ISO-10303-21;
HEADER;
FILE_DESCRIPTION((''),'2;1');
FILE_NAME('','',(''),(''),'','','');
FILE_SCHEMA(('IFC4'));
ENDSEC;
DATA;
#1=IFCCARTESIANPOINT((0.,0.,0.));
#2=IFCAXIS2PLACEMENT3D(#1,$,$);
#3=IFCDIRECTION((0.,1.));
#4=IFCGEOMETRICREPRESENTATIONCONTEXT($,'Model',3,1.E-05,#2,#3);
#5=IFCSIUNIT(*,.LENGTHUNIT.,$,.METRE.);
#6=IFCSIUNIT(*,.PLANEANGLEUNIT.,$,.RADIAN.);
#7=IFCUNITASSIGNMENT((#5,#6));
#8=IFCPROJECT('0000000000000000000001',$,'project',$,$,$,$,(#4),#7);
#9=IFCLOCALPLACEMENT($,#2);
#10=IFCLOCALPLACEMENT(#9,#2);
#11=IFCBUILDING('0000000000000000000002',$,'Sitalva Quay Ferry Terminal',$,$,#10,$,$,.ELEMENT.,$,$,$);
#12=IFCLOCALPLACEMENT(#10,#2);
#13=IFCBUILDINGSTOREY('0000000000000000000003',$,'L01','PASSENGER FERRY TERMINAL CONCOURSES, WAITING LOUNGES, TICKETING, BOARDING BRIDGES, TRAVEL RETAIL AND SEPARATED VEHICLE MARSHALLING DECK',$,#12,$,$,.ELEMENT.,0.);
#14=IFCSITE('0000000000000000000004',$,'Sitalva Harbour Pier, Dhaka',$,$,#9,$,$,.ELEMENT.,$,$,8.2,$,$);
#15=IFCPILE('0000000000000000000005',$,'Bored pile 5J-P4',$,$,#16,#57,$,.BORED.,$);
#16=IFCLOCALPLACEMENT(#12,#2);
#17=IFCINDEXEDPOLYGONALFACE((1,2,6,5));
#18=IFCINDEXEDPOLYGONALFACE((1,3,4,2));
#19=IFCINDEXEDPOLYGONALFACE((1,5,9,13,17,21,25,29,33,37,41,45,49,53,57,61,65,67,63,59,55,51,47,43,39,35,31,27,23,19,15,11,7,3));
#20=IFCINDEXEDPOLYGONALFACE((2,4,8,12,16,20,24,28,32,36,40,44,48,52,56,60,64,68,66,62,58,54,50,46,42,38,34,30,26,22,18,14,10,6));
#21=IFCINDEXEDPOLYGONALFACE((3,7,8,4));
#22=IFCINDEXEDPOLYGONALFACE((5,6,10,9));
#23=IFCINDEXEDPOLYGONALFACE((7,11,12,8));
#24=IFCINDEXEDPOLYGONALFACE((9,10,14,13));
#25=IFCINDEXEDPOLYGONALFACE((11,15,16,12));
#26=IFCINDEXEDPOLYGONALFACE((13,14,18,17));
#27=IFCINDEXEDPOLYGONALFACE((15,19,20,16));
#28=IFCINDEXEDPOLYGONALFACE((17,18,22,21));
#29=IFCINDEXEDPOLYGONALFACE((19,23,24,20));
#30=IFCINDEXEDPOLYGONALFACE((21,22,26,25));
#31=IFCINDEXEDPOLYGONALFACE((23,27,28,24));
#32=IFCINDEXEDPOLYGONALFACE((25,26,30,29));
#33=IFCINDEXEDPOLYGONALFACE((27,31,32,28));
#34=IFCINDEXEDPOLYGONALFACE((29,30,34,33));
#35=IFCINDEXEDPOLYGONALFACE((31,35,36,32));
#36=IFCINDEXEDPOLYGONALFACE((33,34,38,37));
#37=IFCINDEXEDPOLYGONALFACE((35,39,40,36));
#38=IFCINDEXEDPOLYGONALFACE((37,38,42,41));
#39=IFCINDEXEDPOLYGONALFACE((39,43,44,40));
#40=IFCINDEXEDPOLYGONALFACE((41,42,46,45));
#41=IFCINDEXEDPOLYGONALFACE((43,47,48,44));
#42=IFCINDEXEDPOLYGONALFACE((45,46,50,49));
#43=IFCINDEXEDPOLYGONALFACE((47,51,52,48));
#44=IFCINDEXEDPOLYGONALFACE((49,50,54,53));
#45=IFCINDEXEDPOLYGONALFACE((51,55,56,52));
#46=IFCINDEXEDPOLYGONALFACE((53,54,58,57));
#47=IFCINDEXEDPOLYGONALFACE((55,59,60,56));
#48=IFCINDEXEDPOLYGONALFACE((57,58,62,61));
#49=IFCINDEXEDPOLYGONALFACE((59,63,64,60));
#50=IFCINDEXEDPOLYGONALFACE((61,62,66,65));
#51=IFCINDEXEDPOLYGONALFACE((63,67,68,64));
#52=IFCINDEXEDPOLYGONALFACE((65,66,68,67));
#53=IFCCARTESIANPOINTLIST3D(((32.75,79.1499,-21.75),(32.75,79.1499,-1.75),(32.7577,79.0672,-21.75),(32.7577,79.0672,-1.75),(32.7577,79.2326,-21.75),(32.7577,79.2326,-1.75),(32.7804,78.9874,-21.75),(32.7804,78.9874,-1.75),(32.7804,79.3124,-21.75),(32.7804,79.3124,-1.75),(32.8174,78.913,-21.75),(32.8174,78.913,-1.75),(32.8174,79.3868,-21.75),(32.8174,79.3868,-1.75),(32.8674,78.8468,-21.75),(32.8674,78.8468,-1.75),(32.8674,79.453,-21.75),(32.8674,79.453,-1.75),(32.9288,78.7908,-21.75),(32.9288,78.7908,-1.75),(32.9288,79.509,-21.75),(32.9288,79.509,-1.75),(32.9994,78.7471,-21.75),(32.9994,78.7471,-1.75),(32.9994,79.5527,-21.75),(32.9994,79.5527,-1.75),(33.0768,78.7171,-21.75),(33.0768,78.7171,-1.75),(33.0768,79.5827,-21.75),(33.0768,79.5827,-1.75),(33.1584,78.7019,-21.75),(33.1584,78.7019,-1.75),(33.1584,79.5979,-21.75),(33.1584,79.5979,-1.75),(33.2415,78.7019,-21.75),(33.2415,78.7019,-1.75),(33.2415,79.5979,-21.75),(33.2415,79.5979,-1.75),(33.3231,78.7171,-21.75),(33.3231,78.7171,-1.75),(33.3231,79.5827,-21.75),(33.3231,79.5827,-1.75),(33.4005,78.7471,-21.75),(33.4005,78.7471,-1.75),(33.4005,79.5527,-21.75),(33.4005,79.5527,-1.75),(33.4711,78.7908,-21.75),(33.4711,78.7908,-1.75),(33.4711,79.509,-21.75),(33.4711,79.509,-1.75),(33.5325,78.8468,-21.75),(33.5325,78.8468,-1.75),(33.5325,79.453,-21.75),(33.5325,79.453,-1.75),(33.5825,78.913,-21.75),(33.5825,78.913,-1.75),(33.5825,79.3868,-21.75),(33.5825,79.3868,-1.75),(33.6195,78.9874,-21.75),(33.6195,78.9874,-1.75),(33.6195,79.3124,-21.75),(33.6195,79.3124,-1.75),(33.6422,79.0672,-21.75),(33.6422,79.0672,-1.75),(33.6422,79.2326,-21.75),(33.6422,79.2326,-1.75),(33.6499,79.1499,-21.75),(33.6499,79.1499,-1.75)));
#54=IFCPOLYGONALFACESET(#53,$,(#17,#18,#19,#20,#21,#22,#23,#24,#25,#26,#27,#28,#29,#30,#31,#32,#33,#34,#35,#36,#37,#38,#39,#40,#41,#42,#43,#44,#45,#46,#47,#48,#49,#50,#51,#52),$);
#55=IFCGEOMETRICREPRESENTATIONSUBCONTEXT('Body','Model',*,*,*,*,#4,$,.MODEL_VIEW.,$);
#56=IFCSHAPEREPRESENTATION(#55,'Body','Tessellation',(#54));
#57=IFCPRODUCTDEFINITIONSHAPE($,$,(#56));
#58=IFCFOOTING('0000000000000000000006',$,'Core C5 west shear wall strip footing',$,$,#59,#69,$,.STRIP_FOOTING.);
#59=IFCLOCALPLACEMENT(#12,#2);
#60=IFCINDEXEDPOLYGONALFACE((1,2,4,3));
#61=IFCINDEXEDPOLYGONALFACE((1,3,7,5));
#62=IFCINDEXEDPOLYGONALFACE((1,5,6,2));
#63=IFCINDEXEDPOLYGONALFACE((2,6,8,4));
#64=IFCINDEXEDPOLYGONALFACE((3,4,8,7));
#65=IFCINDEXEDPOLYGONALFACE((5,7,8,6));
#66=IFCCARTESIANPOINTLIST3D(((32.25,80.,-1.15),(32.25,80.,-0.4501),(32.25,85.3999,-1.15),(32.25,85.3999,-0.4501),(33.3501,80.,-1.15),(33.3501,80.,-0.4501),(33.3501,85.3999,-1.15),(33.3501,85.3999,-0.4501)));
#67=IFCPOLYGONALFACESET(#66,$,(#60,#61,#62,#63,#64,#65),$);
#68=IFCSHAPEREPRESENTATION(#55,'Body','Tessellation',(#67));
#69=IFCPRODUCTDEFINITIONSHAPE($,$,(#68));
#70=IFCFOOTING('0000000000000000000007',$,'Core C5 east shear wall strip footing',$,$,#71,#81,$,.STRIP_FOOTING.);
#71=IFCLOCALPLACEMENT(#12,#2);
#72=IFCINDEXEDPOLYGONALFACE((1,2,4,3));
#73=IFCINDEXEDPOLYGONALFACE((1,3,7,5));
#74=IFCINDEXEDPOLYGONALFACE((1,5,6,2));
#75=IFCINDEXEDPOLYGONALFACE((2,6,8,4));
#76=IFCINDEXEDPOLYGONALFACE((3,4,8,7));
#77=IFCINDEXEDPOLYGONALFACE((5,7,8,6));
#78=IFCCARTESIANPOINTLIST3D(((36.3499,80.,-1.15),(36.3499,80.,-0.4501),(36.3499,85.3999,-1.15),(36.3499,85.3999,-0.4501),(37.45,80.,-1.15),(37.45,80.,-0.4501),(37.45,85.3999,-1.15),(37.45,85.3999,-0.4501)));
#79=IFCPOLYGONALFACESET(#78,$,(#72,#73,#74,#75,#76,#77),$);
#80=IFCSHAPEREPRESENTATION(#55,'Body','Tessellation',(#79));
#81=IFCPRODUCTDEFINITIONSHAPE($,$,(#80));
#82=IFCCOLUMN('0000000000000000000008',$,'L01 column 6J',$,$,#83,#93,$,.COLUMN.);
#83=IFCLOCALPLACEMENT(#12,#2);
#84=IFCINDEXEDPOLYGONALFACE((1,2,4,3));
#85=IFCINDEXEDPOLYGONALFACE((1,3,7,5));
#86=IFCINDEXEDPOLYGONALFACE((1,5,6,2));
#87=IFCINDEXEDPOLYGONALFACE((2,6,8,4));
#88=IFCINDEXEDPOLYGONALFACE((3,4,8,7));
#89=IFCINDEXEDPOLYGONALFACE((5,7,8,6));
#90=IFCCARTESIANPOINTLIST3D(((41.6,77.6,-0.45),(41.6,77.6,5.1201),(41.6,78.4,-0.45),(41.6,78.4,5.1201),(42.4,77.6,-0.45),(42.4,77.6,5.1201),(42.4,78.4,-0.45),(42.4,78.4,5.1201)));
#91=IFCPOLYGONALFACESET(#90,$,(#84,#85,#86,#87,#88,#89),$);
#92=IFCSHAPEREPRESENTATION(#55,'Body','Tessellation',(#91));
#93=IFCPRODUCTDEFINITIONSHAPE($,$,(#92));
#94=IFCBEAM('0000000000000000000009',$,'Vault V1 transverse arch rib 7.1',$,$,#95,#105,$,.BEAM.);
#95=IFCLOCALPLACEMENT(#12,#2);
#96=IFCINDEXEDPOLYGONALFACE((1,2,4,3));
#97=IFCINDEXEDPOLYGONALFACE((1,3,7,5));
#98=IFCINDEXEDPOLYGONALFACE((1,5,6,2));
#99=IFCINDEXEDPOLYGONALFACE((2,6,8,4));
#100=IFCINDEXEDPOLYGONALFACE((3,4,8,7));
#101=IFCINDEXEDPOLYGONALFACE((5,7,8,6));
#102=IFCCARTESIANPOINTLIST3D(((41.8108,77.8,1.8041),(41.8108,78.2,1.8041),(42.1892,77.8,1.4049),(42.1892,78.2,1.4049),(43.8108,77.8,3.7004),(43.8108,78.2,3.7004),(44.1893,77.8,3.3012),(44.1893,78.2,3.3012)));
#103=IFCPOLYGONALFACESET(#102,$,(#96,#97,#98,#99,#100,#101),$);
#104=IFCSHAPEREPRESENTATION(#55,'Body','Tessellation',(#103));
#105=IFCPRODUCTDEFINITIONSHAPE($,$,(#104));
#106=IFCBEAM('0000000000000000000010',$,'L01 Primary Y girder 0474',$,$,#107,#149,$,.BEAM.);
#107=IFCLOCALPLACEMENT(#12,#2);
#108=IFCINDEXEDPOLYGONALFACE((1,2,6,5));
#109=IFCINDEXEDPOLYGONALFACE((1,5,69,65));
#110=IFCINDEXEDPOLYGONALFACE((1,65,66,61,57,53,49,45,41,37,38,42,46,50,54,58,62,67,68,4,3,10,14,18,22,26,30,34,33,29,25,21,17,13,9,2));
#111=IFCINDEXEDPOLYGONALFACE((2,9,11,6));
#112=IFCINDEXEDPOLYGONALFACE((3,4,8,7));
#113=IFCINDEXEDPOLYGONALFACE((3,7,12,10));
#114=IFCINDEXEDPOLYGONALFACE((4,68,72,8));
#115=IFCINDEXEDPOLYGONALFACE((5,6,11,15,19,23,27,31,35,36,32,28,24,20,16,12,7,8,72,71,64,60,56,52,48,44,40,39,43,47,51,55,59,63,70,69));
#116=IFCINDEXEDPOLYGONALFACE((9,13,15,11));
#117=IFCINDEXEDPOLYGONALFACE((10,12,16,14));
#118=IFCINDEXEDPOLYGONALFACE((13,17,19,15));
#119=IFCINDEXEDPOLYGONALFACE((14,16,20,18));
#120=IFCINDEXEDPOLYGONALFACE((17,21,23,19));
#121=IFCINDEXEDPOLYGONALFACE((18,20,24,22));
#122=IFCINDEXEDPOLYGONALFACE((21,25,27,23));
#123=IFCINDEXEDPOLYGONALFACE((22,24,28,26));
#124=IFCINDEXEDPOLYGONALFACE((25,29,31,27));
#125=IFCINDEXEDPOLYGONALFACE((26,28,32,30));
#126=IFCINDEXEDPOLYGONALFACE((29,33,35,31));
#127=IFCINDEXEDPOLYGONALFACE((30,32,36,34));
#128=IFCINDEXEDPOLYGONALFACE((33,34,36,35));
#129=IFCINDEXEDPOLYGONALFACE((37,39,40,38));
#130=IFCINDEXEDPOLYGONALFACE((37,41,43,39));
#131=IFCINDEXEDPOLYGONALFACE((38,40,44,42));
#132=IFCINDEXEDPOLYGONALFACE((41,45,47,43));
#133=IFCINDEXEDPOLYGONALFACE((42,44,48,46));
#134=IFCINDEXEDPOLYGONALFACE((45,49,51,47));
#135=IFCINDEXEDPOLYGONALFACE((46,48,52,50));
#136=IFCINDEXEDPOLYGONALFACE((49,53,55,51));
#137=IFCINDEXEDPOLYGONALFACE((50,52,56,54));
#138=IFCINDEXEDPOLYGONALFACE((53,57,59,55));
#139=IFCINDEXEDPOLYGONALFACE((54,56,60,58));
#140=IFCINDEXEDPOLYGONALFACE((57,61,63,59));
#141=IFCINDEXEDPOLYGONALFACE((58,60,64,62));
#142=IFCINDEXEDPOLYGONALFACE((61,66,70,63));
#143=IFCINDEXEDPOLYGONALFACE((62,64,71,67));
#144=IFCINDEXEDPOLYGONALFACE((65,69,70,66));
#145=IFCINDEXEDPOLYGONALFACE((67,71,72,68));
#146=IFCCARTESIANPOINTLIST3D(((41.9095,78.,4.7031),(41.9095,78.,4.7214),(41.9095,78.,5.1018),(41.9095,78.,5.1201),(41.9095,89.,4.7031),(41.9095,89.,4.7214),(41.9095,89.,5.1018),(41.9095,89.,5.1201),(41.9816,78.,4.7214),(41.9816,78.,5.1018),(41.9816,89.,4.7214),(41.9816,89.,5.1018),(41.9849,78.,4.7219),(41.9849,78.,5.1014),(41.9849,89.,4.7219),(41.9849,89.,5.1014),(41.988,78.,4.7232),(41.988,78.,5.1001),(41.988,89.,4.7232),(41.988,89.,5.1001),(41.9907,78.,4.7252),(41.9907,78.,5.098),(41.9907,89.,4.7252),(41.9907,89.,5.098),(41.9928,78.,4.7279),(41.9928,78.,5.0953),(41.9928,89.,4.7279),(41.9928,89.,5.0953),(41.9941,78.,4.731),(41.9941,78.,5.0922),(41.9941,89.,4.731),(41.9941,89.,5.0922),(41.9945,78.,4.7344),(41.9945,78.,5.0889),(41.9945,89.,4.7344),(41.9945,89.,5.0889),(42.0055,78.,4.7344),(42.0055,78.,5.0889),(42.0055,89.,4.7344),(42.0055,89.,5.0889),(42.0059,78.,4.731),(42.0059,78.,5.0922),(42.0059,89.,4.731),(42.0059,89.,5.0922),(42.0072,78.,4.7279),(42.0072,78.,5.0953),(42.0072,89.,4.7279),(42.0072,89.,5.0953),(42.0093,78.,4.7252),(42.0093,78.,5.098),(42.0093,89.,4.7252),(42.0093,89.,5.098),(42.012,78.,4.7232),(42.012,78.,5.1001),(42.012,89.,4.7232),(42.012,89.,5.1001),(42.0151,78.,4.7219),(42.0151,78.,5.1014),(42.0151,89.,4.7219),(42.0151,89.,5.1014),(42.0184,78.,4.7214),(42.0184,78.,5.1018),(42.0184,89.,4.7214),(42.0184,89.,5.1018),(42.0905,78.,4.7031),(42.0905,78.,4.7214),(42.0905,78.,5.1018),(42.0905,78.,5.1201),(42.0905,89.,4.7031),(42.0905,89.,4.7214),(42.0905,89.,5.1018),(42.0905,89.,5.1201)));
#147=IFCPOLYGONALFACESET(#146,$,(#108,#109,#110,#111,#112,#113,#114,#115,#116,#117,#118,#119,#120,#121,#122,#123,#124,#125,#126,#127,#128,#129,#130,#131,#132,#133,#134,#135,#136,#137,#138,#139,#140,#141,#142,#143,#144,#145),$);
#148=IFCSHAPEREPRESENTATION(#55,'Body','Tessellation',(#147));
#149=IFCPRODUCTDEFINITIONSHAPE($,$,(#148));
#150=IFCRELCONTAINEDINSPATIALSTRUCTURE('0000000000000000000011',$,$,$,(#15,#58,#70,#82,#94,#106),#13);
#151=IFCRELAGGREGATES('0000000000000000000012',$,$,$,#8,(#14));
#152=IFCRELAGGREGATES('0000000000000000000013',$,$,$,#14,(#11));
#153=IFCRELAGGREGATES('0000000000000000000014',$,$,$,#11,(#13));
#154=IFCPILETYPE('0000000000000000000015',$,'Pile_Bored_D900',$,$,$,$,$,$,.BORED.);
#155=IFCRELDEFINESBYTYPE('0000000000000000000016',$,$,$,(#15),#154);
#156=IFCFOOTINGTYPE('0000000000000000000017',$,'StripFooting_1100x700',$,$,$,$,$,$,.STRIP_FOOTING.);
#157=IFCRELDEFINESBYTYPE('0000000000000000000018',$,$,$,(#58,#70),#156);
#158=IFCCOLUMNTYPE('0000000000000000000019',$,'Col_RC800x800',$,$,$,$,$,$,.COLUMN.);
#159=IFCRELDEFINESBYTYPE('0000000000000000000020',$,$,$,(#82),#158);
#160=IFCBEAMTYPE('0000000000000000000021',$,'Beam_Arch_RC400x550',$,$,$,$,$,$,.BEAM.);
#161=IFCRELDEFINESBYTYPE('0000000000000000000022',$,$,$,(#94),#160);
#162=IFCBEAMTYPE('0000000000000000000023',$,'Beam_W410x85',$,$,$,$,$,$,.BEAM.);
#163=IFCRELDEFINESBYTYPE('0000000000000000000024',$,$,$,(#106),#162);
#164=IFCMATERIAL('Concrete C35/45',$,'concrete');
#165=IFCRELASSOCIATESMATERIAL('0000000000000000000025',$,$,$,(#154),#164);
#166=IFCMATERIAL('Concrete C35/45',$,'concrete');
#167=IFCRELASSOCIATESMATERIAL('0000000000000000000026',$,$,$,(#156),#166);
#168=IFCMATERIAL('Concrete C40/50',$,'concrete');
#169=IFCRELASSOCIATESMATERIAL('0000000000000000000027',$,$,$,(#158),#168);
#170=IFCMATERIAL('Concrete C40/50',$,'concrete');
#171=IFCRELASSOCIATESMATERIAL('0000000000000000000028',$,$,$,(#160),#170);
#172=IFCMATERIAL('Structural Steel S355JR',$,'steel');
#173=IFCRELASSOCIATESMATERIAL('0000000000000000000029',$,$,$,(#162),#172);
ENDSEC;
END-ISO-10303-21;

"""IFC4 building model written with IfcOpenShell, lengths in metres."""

from ifc_helpers import new_model, si_unit, direction, frame, origin, origin_2d, place, context, subcontext, project, spatial, rectangle, circle, i_section, extrude, material, material_profile, profile_set, type_object, element, save


model = new_model("IFC4")

# Units and contexts
model_context = context("Model", 3, precision=1e-05, world=origin(), true_north=direction((0.0, 1.0)))
body_context = subcontext(model_context, "Body", "Model", "MODEL_VIEW")
ifc_project = project(units=[si_unit("LENGTHUNIT", "METRE"), si_unit("PLANEANGLEUNIT", "RADIAN")], contexts=[model_context])

# Site, building, storey
site_placement = place(None, origin())
site = spatial("IfcSite", under=ifc_project, at=site_placement, Name="Sitalva Harbour Pier, Dhaka", CompositionType="ELEMENT", RefElevation=8.2)
building_placement = place(site_placement, origin())
building = spatial("IfcBuilding", under=site, at=building_placement, Name="Sitalva Quay Ferry Terminal", CompositionType="ELEMENT")
storey_placement = place(building_placement, origin())
storey = spatial("IfcBuildingStorey", under=building, at=storey_placement, Name="L01", Description="PASSENGER FERRY TERMINAL CONCOURSES, WAITING LOUNGES, TICKETING, BOARDING BRIDGES, TRAVEL RETAIL AND SEPARATED VEHICLE MARSHALLING DECK", CompositionType="ELEMENT", Elevation=0.0)

# Pile
ifc_material_1 = material(Name="Concrete C35/45", Category="concrete")
ifc_material_profile_1 = material_profile(ifc_material_1, circle(Radius=0.45, at=origin_2d()), Name="PILE-D900")
ifc_profile_set_1 = profile_set([ifc_material_profile_1], Name="Concrete C35/45")
pile_type_1 = type_object("IfcPileType", Name="Pile_Bored_D900", PredefinedType="BORED", material=ifc_profile_set_1)
for number, where, z_axis, x_axis, name in (
    (1, (33.2, 79.1499, -1.75), (0.0, 0.0, -1.0), (1.0, 0.0, 0.0), "Bored pile 5J-P4"),
):
    element("IfcPile", number, at=place(storey_placement, frame(where, z_axis=z_axis, x_axis=x_axis)), inside=storey, type_object=pile_type_1, Name=name, PredefinedType="BORED", context=body_context, shape_type="SweptSolid", body=[
        extrude(circle(Radius=0.45, at=origin_2d()), origin(), (0.0, 0.0, 1.0), 20.0),
    ])

# Footings
ifc_material_2 = material(Name="Concrete C35/45", Category="concrete")
ifc_material_profile_2 = material_profile(ifc_material_2, rectangle(XDim=1.1001, YDim=0.7, at=origin_2d()), Name="RC1100x700")
ifc_profile_set_2 = profile_set([ifc_material_profile_2], Name="Concrete C35/45")
footing_type_1 = type_object("IfcFootingType", Name="StripFooting_1100x700", PredefinedType="STRIP_FOOTING", material=ifc_profile_set_2)
for number, where, z_axis, x_axis, name in (
    (2, (32.8, 80.0, -0.8), (0.0, 1.0, 0.0), (-1.0, 0.0, 0.0), "Core C5 west shear wall strip footing"),
    (3, (36.8999, 80.0, -0.8), (0.0, 1.0, 0.0), (-1.0, 0.0, 0.0), "Core C5 east shear wall strip footing"),
):
    element("IfcFooting", number, at=place(storey_placement, frame(where, z_axis=z_axis, x_axis=x_axis)), inside=storey, type_object=footing_type_1, Name=name, PredefinedType="STRIP_FOOTING", context=body_context, shape_type="SweptSolid", body=[
        extrude(rectangle(XDim=1.1001, YDim=0.7, at=origin_2d()), origin(), (0.0, 0.0, 1.0), 5.3999),
    ])

# Column
ifc_material_3 = material(Name="Concrete C40/50", Category="concrete")
ifc_material_profile_3 = material_profile(ifc_material_3, rectangle(XDim=0.8, YDim=0.8, at=origin_2d()), Name="RC800x800")
ifc_profile_set_3 = profile_set([ifc_material_profile_3], Name="Concrete C40/50")
column_type = type_object("IfcColumnType", Name="Col_RC800x800", PredefinedType="COLUMN", material=ifc_profile_set_3)
column_placement = place(storey_placement, frame((42.0, 78.0, -0.45), z_axis=(0.0, 0.0, 1.0), x_axis=(1.0, 0.0, 0.0)))
element("IfcColumn", 4, at=column_placement, inside=storey, type_object=column_type, Name="L01 column 6J", PredefinedType="COLUMN", context=body_context, shape_type="SweptSolid", body=[
    extrude(rectangle(XDim=0.8, YDim=0.8, at=origin_2d()), origin(), (0.0, 0.0, 1.0), 5.5701),
])

# Beams
ifc_material_4 = material(Name="Concrete C40/50", Category="concrete")
ifc_material_profile_4 = material_profile(ifc_material_4, rectangle(XDim=0.3999, YDim=0.55, at=origin_2d()), Name="RC400x550")
ifc_profile_set_4 = profile_set([ifc_material_profile_4], Name="Concrete C40/50")
beam_type_1 = type_object("IfcBeamType", Name="Beam_Arch_RC400x550", PredefinedType="BEAM", material=ifc_profile_set_4)
beam_1_placement = place(storey_placement, frame((42.0, 78.0, 1.6045), z_axis=(0.72568, 0.0, 0.688032), x_axis=(0.0, 1.0, 0.0)))
element("IfcBeam", 5, at=beam_1_placement, inside=storey, type_object=beam_type_1, Name="Vault V1 transverse arch rib 7.1", PredefinedType="BEAM", context=body_context, shape_type="SweptSolid", body=[
    extrude(rectangle(XDim=0.3999, YDim=0.55, at=origin_2d()), origin(), (0.0, 0.0, 1.0), 2.7561),
])
ifc_material_5 = material(Name="Structural Steel S355JR", Category="steel")
ifc_material_profile_5 = material_profile(ifc_material_5, i_section(OverallWidth=0.1809, OverallDepth=0.417, WebThickness=0.011, FlangeThickness=0.0183, FilletRadius=0.0129, at=origin_2d()), Name="W410x85")
ifc_profile_set_5 = profile_set([ifc_material_profile_5], Name="Structural Steel S355JR")
beam_type_2 = type_object("IfcBeamType", Name="Beam_W410x85", PredefinedType="BEAM", material=ifc_profile_set_5)
beam_2_placement = place(storey_placement, frame((42.0, 78.0, 4.9116), z_axis=(0.0, 1.0, 0.0), x_axis=(-1.0, 0.0, 0.0)))
element("IfcBeam", 6, at=beam_2_placement, inside=storey, type_object=beam_type_2, Name="L01 Primary Y girder 0474", PredefinedType="BEAM", context=body_context, shape_type="SweptSolid", body=[
    extrude(i_section(OverallWidth=0.1809, OverallDepth=0.417, WebThickness=0.011, FlangeThickness=0.0183, FilletRadius=0.0129, at=origin_2d()), origin(), (0.0, 0.0, 1.0), 11.0),
])

save(model, "model.ifc")
